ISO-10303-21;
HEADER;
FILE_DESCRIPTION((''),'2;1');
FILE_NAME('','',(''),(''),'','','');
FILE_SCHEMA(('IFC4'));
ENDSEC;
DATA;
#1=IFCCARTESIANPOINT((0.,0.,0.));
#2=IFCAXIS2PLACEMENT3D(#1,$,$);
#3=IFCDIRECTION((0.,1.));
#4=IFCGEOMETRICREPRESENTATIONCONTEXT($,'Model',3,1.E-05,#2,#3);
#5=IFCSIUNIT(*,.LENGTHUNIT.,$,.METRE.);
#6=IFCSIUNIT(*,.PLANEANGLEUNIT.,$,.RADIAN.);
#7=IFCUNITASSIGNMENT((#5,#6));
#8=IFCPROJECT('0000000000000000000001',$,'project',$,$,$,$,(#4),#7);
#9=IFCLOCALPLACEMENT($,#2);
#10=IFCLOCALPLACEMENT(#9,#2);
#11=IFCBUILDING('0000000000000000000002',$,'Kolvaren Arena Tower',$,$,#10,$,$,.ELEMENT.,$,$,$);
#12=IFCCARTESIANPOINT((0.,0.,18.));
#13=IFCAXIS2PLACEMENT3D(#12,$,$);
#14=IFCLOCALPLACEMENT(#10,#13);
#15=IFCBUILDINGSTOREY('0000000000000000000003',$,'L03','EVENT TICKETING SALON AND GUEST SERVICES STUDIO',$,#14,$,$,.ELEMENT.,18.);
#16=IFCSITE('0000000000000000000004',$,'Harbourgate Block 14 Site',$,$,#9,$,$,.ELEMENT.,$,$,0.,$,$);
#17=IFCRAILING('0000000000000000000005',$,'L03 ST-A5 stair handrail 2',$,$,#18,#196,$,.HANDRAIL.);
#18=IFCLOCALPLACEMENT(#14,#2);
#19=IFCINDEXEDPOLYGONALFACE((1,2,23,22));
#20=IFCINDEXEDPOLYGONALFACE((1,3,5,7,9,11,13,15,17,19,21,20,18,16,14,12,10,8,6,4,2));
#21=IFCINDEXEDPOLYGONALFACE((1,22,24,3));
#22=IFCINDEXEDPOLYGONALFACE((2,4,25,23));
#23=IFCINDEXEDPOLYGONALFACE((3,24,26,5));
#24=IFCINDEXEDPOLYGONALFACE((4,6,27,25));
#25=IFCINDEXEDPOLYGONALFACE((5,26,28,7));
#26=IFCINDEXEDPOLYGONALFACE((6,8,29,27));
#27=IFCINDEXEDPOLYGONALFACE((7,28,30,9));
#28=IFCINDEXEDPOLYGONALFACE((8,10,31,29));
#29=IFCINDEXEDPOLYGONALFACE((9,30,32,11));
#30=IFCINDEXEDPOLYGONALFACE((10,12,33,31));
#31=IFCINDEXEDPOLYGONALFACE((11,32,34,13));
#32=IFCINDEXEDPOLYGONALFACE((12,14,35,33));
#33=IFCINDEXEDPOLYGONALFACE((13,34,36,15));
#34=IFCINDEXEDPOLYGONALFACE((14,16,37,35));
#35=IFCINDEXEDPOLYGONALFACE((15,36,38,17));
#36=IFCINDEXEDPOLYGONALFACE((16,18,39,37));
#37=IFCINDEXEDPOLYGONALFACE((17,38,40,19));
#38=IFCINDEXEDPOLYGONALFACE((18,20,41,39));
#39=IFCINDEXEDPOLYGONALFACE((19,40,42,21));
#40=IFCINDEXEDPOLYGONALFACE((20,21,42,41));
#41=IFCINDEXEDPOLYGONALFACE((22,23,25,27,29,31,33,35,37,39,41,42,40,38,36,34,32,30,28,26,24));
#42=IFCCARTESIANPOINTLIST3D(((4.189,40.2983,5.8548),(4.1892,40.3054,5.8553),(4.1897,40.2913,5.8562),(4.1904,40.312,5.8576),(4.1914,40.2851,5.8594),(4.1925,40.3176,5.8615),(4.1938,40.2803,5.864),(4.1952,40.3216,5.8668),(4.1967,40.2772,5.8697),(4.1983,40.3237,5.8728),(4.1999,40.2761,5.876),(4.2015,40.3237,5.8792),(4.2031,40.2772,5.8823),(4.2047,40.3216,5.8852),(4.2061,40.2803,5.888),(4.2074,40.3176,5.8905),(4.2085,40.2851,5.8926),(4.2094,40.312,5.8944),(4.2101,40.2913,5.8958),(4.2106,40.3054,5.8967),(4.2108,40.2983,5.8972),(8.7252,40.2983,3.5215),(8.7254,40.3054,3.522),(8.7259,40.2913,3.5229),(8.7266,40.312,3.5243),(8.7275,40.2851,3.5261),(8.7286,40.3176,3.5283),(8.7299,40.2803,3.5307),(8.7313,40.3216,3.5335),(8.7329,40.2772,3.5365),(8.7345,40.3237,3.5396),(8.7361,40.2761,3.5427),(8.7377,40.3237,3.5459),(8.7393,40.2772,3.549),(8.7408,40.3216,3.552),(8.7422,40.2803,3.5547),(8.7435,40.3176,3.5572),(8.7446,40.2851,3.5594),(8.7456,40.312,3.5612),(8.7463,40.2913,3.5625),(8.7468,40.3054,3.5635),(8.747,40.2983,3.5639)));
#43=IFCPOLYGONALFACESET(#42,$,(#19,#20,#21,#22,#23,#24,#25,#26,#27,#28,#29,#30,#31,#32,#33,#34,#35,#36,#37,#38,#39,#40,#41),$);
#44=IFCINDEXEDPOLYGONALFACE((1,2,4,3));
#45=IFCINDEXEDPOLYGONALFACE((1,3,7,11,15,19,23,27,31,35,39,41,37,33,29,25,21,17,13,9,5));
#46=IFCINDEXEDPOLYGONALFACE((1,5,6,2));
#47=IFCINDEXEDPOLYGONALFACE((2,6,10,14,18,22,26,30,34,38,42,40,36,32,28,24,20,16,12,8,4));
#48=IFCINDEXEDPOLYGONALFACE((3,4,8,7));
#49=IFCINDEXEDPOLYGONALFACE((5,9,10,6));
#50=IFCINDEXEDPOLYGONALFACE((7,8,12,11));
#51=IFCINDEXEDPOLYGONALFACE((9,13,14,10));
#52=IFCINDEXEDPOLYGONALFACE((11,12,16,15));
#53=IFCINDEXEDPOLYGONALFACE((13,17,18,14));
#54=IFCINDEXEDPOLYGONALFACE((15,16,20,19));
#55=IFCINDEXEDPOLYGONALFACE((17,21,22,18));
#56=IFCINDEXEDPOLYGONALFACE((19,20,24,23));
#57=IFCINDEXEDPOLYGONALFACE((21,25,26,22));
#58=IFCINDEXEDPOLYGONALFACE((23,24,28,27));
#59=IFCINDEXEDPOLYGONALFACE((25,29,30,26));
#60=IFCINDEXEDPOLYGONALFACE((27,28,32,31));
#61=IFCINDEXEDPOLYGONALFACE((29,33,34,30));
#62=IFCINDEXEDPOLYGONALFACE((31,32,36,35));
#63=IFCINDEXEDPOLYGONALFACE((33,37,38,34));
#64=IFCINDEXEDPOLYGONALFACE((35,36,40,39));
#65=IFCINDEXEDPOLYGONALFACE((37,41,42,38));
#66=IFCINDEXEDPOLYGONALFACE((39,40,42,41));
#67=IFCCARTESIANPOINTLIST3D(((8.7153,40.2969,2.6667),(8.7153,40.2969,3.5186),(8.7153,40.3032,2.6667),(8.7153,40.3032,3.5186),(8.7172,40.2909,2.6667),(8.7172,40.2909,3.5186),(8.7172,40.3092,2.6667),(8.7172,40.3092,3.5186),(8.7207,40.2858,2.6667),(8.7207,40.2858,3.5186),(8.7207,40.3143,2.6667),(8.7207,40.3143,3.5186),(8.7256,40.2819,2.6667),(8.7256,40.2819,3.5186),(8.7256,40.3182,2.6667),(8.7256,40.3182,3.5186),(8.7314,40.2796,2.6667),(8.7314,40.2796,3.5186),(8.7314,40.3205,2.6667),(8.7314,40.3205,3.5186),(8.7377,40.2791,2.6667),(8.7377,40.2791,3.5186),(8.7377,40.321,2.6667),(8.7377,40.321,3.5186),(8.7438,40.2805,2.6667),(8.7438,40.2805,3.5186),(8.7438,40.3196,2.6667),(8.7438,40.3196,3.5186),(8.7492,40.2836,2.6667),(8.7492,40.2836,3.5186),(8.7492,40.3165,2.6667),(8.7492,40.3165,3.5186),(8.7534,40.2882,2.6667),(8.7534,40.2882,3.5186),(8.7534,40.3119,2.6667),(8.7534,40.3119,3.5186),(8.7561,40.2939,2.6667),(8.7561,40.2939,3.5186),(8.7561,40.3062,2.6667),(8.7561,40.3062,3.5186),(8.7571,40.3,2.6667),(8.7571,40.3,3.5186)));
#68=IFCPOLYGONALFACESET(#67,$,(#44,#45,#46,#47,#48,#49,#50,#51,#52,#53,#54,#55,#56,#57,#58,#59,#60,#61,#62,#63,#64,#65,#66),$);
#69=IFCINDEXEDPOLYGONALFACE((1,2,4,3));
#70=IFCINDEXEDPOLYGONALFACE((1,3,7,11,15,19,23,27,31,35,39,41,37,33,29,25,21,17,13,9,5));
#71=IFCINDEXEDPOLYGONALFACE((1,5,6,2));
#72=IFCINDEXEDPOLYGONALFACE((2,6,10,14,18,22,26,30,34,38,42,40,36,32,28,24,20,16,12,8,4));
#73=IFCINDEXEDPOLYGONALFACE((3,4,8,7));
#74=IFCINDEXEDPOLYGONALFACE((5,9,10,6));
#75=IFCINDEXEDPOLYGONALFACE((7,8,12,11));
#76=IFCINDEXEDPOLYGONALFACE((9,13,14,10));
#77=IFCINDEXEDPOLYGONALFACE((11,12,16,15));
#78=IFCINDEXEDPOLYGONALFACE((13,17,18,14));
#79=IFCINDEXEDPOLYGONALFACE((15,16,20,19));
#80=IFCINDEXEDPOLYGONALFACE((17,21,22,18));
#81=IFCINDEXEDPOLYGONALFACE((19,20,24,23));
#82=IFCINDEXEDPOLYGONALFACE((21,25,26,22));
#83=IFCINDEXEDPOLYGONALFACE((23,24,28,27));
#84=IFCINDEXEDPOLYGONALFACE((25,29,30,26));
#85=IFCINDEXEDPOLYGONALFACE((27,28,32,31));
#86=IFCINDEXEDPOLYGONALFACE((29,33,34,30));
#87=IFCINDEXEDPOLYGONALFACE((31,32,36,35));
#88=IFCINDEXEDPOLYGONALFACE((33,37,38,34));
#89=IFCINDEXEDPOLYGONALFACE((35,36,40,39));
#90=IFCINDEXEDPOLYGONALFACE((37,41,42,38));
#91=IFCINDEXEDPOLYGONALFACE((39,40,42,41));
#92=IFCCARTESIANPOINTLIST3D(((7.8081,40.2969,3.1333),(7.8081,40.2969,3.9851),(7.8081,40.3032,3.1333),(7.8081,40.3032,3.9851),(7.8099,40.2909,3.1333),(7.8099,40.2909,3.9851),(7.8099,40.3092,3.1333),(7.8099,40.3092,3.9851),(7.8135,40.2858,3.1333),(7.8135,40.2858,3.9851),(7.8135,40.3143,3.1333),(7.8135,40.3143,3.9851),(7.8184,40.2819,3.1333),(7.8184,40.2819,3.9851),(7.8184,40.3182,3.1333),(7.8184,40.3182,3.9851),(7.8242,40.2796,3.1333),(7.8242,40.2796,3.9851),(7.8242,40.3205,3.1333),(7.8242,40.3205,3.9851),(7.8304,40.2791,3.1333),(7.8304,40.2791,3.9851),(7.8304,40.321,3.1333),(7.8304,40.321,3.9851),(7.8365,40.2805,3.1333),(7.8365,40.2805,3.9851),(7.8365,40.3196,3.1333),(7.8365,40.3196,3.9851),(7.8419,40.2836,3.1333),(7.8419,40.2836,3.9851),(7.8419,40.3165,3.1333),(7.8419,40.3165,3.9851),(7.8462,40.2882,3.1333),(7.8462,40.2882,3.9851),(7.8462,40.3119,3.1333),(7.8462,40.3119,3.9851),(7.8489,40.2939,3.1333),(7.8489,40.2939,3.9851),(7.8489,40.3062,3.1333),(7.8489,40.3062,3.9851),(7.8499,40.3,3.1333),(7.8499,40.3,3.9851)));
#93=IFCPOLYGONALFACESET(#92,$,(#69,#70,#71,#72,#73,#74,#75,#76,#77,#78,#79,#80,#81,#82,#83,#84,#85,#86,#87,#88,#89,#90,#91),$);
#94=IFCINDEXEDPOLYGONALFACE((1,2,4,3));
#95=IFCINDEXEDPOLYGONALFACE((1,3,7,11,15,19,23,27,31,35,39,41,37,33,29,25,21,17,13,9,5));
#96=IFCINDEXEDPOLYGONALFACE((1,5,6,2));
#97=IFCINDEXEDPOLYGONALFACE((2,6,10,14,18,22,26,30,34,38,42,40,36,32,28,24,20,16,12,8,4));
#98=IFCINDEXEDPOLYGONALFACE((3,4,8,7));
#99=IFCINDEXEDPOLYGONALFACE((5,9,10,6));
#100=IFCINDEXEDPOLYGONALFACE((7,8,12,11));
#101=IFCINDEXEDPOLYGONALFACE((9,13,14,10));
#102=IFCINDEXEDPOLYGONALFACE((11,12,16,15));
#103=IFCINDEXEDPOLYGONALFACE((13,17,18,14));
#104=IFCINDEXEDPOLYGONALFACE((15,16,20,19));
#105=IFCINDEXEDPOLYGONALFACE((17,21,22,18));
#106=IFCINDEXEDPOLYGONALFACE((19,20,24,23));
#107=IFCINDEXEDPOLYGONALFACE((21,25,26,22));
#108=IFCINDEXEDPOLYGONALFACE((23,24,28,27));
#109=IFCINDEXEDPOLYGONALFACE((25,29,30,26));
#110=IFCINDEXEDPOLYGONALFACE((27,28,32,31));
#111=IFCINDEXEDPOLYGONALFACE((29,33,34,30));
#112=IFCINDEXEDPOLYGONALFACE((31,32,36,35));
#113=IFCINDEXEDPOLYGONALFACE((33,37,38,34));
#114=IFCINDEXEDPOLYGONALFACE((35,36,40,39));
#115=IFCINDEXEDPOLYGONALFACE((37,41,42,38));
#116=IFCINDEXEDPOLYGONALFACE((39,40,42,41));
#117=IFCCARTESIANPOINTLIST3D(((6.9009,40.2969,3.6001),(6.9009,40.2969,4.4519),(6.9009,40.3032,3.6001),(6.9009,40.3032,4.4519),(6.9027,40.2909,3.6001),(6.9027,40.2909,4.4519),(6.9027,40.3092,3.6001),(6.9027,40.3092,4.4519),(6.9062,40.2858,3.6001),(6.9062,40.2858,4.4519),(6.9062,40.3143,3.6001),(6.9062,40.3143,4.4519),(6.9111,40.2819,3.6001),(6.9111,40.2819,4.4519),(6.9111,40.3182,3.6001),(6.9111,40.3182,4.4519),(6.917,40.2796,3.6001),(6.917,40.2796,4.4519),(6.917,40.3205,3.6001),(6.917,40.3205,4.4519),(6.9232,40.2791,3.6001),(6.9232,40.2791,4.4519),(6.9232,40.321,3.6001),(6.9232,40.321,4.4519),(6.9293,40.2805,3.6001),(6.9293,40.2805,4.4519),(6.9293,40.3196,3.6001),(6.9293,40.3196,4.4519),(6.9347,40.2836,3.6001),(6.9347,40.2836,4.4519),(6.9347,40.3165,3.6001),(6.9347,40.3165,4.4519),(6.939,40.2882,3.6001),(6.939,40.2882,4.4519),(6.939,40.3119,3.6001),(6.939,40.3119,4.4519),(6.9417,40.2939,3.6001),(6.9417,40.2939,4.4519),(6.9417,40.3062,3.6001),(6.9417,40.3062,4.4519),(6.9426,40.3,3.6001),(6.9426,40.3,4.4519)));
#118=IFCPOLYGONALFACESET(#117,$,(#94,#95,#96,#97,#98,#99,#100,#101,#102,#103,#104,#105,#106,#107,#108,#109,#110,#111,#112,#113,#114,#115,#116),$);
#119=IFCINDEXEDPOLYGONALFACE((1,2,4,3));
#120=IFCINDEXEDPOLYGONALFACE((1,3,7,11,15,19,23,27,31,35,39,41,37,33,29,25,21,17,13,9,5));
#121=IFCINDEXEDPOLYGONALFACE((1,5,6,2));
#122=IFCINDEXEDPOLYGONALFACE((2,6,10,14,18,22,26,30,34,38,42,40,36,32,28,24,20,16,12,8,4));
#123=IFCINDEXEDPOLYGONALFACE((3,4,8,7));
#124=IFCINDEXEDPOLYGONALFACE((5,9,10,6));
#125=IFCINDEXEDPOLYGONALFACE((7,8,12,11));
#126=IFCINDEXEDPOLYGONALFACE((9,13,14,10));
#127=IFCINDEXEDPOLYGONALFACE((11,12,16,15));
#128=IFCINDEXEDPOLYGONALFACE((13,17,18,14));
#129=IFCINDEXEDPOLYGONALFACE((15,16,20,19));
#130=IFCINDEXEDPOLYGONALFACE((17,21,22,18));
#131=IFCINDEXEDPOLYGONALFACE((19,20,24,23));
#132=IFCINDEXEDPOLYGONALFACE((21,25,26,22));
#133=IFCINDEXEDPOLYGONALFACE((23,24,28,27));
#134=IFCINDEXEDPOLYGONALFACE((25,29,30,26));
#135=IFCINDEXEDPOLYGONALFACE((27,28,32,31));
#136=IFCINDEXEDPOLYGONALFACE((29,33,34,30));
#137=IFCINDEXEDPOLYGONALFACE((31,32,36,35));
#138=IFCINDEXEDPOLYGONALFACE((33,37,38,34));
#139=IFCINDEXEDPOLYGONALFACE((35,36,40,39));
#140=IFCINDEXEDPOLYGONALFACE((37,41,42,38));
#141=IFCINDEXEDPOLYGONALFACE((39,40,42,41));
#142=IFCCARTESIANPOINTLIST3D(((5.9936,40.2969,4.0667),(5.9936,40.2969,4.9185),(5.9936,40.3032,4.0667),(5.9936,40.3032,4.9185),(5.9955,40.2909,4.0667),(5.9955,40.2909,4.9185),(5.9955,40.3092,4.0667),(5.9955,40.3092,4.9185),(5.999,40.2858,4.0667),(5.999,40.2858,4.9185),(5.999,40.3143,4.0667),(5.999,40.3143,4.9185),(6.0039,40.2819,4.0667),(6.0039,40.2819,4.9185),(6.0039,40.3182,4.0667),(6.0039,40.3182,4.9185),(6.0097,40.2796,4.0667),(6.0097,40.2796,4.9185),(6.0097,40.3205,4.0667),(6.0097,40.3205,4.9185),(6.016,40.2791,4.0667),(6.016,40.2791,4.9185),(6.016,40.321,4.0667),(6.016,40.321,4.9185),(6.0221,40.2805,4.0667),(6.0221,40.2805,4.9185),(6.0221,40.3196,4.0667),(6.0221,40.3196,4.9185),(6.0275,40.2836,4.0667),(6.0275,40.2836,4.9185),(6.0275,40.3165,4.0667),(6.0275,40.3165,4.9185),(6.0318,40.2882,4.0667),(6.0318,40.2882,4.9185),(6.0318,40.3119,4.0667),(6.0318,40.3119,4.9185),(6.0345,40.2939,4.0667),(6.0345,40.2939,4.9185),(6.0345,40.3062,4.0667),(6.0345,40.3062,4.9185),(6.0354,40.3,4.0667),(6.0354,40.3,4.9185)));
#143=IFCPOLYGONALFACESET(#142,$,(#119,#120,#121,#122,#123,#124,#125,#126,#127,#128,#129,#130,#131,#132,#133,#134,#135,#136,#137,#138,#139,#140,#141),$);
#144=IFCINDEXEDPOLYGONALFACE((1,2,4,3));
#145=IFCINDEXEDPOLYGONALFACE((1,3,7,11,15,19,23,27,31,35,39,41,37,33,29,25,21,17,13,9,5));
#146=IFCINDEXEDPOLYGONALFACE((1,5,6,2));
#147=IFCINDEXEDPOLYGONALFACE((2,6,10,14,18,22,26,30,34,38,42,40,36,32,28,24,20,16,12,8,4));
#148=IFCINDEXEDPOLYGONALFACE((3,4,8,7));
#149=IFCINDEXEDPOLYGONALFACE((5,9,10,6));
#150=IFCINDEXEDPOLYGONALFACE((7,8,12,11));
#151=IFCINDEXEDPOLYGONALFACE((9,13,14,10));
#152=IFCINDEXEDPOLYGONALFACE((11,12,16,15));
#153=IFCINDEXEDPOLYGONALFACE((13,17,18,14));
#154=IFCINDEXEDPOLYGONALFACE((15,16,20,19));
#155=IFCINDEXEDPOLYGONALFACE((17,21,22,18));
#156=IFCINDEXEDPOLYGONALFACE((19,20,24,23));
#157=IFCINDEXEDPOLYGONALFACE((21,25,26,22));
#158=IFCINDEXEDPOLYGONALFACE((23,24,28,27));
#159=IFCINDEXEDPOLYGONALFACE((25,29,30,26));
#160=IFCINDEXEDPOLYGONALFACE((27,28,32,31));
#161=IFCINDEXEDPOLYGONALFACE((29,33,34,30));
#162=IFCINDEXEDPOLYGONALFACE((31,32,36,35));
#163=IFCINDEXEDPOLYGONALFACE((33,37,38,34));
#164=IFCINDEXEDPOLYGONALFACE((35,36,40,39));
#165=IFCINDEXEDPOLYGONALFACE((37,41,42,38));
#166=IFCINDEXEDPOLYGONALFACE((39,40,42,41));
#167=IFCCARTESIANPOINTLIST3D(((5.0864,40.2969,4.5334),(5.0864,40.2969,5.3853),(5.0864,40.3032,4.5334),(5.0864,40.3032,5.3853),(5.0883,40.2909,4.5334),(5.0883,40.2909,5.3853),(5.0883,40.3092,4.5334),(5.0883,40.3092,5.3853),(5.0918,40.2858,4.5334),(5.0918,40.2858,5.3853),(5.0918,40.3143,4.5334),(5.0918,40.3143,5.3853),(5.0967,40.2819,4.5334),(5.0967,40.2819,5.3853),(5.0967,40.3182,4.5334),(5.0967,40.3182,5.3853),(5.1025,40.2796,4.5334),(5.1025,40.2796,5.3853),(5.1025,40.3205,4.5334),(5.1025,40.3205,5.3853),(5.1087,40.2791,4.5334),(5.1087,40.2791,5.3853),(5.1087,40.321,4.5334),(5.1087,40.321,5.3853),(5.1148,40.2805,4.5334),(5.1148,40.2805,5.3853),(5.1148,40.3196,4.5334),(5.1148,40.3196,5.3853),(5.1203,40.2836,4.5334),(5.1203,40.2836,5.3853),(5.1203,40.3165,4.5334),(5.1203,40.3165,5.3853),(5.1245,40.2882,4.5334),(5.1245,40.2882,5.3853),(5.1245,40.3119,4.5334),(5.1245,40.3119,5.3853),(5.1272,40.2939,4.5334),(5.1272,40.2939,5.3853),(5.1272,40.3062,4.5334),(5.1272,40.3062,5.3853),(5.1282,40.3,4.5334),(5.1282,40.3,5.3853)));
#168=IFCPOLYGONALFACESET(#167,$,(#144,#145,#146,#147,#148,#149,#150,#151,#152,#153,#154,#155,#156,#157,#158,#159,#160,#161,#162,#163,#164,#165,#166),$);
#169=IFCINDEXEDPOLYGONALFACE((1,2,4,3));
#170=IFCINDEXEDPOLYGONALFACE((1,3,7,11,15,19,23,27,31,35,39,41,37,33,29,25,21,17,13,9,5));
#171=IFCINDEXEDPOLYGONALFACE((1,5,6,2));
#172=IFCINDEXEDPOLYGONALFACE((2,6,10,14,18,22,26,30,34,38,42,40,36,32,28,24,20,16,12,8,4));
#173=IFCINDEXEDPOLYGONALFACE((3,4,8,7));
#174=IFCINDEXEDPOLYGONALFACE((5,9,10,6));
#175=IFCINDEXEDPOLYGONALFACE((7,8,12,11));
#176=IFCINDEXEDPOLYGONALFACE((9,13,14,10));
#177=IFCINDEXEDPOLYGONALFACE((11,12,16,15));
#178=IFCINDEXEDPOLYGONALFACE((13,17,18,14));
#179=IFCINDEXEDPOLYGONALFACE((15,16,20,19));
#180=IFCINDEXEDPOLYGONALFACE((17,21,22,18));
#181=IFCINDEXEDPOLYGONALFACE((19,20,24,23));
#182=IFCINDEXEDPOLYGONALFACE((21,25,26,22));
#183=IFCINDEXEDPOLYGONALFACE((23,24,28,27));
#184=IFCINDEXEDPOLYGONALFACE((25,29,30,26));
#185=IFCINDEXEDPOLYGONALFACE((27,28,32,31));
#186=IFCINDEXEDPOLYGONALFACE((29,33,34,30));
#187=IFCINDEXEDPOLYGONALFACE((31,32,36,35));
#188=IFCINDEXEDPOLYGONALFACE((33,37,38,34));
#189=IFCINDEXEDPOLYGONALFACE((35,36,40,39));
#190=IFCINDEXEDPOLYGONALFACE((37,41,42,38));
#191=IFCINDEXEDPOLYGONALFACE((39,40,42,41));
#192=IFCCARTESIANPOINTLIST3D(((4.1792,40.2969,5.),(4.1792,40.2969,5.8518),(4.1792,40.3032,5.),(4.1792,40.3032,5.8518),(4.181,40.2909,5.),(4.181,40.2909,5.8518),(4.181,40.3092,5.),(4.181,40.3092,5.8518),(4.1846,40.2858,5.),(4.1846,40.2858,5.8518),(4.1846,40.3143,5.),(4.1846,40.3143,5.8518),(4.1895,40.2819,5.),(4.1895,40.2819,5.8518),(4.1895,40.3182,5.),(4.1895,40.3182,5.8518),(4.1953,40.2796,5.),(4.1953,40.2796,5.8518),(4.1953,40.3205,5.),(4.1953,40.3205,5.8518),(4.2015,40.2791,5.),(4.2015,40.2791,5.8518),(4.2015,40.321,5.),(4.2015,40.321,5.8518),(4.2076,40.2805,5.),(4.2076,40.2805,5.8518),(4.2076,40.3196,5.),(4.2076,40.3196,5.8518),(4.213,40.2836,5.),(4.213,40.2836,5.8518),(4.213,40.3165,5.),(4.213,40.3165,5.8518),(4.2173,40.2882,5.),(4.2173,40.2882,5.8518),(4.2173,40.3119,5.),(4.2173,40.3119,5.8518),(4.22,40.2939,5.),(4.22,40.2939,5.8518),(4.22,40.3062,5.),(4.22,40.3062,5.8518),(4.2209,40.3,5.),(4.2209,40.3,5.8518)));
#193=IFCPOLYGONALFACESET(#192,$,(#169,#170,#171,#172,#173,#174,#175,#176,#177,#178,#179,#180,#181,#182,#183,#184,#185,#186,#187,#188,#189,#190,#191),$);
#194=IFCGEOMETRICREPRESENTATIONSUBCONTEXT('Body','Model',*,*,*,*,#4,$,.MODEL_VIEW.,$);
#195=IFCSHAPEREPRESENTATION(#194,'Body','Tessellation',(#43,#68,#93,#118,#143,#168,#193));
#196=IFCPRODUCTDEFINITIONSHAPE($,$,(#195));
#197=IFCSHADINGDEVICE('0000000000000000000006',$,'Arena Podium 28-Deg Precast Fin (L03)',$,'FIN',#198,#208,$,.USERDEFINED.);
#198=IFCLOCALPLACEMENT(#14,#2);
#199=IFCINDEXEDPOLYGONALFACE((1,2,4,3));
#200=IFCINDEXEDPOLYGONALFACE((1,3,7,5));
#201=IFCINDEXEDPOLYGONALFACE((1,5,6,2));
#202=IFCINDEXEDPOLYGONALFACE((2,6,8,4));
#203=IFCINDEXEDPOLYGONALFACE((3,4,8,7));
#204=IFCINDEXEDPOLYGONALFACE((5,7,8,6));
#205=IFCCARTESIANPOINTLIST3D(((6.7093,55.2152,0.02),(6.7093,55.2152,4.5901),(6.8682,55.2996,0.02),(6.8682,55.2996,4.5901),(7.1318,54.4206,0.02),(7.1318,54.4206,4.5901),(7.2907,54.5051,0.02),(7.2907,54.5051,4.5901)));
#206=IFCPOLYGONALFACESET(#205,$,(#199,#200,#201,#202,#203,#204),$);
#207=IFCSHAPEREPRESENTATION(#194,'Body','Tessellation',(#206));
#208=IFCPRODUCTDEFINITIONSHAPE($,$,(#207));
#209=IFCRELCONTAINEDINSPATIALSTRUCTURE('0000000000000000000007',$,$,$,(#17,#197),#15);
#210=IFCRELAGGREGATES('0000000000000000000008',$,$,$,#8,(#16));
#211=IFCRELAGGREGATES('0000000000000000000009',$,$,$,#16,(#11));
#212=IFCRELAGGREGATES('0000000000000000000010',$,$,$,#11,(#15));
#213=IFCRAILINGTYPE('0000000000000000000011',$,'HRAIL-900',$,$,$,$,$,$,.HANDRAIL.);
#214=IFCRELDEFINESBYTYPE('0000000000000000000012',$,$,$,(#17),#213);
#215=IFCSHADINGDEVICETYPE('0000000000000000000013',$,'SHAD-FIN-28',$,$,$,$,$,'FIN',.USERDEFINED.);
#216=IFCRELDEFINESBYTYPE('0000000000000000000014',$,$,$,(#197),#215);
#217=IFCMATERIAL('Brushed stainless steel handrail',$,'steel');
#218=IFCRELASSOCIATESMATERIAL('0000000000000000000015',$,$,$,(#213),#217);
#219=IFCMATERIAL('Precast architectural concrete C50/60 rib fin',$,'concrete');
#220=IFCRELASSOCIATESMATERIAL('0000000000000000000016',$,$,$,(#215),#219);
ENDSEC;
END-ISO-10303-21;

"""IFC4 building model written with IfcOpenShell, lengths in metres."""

from ifc_helpers import new_model, si_unit, direction, frame, origin, origin_2d, place, context, subcontext, project, spatial, rectangle, circle, extrude, material, type_object, element, save


model = new_model("IFC4")

# Units and contexts
model_context = context("Model", 3, precision=1e-05, world=origin(), true_north=direction((0.0, 1.0)))
body_context = subcontext(model_context, "Body", "Model", "MODEL_VIEW")
ifc_project = project(units=[si_unit("LENGTHUNIT", "METRE"), si_unit("PLANEANGLEUNIT", "RADIAN")], contexts=[model_context])

# Site, building, storey
site_placement = place(None, origin())
site = spatial("IfcSite", under=ifc_project, at=site_placement, Name="Harbourgate Block 14 Site", CompositionType="ELEMENT", RefElevation=0.0)
building_placement = place(site_placement, origin())
building = spatial("IfcBuilding", under=site, at=building_placement, Name="Kolvaren Arena Tower", CompositionType="ELEMENT")
storey_placement = place(building_placement, frame((0.0, 0.0, 18.0)))
storey = spatial("IfcBuildingStorey", under=building, at=storey_placement, Name="L03", Description="EVENT TICKETING SALON AND GUEST SERVICES STUDIO", CompositionType="ELEMENT", Elevation=18.0)

# Railing
ifc_material_1 = material(Name="Brushed stainless steel handrail", Category="steel")
railing_type = type_object("IfcRailingType", Name="HRAIL-900", PredefinedType="HANDRAIL", material=ifc_material_1)
railing_placement = place(storey_placement, frame((8.7361, 40.3, 2.6667)))
element("IfcRailing", 1, at=railing_placement, inside=storey, type_object=railing_type, Name="L03 ST-A5 stair handrail 2", PredefinedType="HANDRAIL", context=body_context, shape_type="SweptSolid", body=[
    extrude(circle(Radius=0.0239, at=origin_2d()), frame((0.0, 0.0, 0.876), z_axis=(-0.889257, 0.0, 0.457407), x_axis=(0.0, -1.0, 0.0)), (0.0, 0.0, 1.0), 5.1011),
    extrude(circle(Radius=0.021, at=origin_2d()), origin(), (0.0, 0.0, 1.0), 0.8518),
    extrude(circle(Radius=0.021, at=origin_2d()), frame((-0.9072, 0.0, 0.4666)), (0.0, 0.0, 1.0), 0.8518),
    extrude(circle(Radius=0.021, at=origin_2d()), frame((-1.8145, 0.0, 0.9333)), (0.0, 0.0, 1.0), 0.8518),
    extrude(circle(Radius=0.021, at=origin_2d()), frame((-2.7217, 0.0, 1.3999)), (0.0, 0.0, 1.0), 0.8518),
    extrude(circle(Radius=0.021, at=origin_2d()), frame((-3.6289, 0.0, 1.8667)), (0.0, 0.0, 1.0), 0.8518),
    extrude(circle(Radius=0.021, at=origin_2d()), frame((-4.5361, 0.0, 2.3333)), (0.0, 0.0, 1.0), 0.8518),
])

# Shading device
ifc_material_2 = material(Name="Precast architectural concrete C50/60 rib fin", Category="concrete")
shading_device_type = type_object("IfcShadingDeviceType", Name="SHAD-FIN-28", ElementType="FIN", PredefinedType="USERDEFINED", material=ifc_material_2)
shading_device_placement = place(storey_placement, frame((7.0, 54.8601, 0.02), z_axis=(0.0, 0.0, 1.0), x_axis=(-0.469472, 0.882948, 0.0)))
element("IfcShadingDevice", 2, at=shading_device_placement, inside=storey, type_object=shading_device_type, Name="Arena Podium 28-Deg Precast Fin (L03)", ObjectType="FIN", PredefinedType="USERDEFINED", context=body_context, shape_type="SweptSolid", body=[
    extrude(rectangle(XDim=0.8999, YDim=0.1799, at=origin_2d()), origin(), (0.0, 0.0, 1.0), 4.5701),
])

save(model, "model.ifc")
